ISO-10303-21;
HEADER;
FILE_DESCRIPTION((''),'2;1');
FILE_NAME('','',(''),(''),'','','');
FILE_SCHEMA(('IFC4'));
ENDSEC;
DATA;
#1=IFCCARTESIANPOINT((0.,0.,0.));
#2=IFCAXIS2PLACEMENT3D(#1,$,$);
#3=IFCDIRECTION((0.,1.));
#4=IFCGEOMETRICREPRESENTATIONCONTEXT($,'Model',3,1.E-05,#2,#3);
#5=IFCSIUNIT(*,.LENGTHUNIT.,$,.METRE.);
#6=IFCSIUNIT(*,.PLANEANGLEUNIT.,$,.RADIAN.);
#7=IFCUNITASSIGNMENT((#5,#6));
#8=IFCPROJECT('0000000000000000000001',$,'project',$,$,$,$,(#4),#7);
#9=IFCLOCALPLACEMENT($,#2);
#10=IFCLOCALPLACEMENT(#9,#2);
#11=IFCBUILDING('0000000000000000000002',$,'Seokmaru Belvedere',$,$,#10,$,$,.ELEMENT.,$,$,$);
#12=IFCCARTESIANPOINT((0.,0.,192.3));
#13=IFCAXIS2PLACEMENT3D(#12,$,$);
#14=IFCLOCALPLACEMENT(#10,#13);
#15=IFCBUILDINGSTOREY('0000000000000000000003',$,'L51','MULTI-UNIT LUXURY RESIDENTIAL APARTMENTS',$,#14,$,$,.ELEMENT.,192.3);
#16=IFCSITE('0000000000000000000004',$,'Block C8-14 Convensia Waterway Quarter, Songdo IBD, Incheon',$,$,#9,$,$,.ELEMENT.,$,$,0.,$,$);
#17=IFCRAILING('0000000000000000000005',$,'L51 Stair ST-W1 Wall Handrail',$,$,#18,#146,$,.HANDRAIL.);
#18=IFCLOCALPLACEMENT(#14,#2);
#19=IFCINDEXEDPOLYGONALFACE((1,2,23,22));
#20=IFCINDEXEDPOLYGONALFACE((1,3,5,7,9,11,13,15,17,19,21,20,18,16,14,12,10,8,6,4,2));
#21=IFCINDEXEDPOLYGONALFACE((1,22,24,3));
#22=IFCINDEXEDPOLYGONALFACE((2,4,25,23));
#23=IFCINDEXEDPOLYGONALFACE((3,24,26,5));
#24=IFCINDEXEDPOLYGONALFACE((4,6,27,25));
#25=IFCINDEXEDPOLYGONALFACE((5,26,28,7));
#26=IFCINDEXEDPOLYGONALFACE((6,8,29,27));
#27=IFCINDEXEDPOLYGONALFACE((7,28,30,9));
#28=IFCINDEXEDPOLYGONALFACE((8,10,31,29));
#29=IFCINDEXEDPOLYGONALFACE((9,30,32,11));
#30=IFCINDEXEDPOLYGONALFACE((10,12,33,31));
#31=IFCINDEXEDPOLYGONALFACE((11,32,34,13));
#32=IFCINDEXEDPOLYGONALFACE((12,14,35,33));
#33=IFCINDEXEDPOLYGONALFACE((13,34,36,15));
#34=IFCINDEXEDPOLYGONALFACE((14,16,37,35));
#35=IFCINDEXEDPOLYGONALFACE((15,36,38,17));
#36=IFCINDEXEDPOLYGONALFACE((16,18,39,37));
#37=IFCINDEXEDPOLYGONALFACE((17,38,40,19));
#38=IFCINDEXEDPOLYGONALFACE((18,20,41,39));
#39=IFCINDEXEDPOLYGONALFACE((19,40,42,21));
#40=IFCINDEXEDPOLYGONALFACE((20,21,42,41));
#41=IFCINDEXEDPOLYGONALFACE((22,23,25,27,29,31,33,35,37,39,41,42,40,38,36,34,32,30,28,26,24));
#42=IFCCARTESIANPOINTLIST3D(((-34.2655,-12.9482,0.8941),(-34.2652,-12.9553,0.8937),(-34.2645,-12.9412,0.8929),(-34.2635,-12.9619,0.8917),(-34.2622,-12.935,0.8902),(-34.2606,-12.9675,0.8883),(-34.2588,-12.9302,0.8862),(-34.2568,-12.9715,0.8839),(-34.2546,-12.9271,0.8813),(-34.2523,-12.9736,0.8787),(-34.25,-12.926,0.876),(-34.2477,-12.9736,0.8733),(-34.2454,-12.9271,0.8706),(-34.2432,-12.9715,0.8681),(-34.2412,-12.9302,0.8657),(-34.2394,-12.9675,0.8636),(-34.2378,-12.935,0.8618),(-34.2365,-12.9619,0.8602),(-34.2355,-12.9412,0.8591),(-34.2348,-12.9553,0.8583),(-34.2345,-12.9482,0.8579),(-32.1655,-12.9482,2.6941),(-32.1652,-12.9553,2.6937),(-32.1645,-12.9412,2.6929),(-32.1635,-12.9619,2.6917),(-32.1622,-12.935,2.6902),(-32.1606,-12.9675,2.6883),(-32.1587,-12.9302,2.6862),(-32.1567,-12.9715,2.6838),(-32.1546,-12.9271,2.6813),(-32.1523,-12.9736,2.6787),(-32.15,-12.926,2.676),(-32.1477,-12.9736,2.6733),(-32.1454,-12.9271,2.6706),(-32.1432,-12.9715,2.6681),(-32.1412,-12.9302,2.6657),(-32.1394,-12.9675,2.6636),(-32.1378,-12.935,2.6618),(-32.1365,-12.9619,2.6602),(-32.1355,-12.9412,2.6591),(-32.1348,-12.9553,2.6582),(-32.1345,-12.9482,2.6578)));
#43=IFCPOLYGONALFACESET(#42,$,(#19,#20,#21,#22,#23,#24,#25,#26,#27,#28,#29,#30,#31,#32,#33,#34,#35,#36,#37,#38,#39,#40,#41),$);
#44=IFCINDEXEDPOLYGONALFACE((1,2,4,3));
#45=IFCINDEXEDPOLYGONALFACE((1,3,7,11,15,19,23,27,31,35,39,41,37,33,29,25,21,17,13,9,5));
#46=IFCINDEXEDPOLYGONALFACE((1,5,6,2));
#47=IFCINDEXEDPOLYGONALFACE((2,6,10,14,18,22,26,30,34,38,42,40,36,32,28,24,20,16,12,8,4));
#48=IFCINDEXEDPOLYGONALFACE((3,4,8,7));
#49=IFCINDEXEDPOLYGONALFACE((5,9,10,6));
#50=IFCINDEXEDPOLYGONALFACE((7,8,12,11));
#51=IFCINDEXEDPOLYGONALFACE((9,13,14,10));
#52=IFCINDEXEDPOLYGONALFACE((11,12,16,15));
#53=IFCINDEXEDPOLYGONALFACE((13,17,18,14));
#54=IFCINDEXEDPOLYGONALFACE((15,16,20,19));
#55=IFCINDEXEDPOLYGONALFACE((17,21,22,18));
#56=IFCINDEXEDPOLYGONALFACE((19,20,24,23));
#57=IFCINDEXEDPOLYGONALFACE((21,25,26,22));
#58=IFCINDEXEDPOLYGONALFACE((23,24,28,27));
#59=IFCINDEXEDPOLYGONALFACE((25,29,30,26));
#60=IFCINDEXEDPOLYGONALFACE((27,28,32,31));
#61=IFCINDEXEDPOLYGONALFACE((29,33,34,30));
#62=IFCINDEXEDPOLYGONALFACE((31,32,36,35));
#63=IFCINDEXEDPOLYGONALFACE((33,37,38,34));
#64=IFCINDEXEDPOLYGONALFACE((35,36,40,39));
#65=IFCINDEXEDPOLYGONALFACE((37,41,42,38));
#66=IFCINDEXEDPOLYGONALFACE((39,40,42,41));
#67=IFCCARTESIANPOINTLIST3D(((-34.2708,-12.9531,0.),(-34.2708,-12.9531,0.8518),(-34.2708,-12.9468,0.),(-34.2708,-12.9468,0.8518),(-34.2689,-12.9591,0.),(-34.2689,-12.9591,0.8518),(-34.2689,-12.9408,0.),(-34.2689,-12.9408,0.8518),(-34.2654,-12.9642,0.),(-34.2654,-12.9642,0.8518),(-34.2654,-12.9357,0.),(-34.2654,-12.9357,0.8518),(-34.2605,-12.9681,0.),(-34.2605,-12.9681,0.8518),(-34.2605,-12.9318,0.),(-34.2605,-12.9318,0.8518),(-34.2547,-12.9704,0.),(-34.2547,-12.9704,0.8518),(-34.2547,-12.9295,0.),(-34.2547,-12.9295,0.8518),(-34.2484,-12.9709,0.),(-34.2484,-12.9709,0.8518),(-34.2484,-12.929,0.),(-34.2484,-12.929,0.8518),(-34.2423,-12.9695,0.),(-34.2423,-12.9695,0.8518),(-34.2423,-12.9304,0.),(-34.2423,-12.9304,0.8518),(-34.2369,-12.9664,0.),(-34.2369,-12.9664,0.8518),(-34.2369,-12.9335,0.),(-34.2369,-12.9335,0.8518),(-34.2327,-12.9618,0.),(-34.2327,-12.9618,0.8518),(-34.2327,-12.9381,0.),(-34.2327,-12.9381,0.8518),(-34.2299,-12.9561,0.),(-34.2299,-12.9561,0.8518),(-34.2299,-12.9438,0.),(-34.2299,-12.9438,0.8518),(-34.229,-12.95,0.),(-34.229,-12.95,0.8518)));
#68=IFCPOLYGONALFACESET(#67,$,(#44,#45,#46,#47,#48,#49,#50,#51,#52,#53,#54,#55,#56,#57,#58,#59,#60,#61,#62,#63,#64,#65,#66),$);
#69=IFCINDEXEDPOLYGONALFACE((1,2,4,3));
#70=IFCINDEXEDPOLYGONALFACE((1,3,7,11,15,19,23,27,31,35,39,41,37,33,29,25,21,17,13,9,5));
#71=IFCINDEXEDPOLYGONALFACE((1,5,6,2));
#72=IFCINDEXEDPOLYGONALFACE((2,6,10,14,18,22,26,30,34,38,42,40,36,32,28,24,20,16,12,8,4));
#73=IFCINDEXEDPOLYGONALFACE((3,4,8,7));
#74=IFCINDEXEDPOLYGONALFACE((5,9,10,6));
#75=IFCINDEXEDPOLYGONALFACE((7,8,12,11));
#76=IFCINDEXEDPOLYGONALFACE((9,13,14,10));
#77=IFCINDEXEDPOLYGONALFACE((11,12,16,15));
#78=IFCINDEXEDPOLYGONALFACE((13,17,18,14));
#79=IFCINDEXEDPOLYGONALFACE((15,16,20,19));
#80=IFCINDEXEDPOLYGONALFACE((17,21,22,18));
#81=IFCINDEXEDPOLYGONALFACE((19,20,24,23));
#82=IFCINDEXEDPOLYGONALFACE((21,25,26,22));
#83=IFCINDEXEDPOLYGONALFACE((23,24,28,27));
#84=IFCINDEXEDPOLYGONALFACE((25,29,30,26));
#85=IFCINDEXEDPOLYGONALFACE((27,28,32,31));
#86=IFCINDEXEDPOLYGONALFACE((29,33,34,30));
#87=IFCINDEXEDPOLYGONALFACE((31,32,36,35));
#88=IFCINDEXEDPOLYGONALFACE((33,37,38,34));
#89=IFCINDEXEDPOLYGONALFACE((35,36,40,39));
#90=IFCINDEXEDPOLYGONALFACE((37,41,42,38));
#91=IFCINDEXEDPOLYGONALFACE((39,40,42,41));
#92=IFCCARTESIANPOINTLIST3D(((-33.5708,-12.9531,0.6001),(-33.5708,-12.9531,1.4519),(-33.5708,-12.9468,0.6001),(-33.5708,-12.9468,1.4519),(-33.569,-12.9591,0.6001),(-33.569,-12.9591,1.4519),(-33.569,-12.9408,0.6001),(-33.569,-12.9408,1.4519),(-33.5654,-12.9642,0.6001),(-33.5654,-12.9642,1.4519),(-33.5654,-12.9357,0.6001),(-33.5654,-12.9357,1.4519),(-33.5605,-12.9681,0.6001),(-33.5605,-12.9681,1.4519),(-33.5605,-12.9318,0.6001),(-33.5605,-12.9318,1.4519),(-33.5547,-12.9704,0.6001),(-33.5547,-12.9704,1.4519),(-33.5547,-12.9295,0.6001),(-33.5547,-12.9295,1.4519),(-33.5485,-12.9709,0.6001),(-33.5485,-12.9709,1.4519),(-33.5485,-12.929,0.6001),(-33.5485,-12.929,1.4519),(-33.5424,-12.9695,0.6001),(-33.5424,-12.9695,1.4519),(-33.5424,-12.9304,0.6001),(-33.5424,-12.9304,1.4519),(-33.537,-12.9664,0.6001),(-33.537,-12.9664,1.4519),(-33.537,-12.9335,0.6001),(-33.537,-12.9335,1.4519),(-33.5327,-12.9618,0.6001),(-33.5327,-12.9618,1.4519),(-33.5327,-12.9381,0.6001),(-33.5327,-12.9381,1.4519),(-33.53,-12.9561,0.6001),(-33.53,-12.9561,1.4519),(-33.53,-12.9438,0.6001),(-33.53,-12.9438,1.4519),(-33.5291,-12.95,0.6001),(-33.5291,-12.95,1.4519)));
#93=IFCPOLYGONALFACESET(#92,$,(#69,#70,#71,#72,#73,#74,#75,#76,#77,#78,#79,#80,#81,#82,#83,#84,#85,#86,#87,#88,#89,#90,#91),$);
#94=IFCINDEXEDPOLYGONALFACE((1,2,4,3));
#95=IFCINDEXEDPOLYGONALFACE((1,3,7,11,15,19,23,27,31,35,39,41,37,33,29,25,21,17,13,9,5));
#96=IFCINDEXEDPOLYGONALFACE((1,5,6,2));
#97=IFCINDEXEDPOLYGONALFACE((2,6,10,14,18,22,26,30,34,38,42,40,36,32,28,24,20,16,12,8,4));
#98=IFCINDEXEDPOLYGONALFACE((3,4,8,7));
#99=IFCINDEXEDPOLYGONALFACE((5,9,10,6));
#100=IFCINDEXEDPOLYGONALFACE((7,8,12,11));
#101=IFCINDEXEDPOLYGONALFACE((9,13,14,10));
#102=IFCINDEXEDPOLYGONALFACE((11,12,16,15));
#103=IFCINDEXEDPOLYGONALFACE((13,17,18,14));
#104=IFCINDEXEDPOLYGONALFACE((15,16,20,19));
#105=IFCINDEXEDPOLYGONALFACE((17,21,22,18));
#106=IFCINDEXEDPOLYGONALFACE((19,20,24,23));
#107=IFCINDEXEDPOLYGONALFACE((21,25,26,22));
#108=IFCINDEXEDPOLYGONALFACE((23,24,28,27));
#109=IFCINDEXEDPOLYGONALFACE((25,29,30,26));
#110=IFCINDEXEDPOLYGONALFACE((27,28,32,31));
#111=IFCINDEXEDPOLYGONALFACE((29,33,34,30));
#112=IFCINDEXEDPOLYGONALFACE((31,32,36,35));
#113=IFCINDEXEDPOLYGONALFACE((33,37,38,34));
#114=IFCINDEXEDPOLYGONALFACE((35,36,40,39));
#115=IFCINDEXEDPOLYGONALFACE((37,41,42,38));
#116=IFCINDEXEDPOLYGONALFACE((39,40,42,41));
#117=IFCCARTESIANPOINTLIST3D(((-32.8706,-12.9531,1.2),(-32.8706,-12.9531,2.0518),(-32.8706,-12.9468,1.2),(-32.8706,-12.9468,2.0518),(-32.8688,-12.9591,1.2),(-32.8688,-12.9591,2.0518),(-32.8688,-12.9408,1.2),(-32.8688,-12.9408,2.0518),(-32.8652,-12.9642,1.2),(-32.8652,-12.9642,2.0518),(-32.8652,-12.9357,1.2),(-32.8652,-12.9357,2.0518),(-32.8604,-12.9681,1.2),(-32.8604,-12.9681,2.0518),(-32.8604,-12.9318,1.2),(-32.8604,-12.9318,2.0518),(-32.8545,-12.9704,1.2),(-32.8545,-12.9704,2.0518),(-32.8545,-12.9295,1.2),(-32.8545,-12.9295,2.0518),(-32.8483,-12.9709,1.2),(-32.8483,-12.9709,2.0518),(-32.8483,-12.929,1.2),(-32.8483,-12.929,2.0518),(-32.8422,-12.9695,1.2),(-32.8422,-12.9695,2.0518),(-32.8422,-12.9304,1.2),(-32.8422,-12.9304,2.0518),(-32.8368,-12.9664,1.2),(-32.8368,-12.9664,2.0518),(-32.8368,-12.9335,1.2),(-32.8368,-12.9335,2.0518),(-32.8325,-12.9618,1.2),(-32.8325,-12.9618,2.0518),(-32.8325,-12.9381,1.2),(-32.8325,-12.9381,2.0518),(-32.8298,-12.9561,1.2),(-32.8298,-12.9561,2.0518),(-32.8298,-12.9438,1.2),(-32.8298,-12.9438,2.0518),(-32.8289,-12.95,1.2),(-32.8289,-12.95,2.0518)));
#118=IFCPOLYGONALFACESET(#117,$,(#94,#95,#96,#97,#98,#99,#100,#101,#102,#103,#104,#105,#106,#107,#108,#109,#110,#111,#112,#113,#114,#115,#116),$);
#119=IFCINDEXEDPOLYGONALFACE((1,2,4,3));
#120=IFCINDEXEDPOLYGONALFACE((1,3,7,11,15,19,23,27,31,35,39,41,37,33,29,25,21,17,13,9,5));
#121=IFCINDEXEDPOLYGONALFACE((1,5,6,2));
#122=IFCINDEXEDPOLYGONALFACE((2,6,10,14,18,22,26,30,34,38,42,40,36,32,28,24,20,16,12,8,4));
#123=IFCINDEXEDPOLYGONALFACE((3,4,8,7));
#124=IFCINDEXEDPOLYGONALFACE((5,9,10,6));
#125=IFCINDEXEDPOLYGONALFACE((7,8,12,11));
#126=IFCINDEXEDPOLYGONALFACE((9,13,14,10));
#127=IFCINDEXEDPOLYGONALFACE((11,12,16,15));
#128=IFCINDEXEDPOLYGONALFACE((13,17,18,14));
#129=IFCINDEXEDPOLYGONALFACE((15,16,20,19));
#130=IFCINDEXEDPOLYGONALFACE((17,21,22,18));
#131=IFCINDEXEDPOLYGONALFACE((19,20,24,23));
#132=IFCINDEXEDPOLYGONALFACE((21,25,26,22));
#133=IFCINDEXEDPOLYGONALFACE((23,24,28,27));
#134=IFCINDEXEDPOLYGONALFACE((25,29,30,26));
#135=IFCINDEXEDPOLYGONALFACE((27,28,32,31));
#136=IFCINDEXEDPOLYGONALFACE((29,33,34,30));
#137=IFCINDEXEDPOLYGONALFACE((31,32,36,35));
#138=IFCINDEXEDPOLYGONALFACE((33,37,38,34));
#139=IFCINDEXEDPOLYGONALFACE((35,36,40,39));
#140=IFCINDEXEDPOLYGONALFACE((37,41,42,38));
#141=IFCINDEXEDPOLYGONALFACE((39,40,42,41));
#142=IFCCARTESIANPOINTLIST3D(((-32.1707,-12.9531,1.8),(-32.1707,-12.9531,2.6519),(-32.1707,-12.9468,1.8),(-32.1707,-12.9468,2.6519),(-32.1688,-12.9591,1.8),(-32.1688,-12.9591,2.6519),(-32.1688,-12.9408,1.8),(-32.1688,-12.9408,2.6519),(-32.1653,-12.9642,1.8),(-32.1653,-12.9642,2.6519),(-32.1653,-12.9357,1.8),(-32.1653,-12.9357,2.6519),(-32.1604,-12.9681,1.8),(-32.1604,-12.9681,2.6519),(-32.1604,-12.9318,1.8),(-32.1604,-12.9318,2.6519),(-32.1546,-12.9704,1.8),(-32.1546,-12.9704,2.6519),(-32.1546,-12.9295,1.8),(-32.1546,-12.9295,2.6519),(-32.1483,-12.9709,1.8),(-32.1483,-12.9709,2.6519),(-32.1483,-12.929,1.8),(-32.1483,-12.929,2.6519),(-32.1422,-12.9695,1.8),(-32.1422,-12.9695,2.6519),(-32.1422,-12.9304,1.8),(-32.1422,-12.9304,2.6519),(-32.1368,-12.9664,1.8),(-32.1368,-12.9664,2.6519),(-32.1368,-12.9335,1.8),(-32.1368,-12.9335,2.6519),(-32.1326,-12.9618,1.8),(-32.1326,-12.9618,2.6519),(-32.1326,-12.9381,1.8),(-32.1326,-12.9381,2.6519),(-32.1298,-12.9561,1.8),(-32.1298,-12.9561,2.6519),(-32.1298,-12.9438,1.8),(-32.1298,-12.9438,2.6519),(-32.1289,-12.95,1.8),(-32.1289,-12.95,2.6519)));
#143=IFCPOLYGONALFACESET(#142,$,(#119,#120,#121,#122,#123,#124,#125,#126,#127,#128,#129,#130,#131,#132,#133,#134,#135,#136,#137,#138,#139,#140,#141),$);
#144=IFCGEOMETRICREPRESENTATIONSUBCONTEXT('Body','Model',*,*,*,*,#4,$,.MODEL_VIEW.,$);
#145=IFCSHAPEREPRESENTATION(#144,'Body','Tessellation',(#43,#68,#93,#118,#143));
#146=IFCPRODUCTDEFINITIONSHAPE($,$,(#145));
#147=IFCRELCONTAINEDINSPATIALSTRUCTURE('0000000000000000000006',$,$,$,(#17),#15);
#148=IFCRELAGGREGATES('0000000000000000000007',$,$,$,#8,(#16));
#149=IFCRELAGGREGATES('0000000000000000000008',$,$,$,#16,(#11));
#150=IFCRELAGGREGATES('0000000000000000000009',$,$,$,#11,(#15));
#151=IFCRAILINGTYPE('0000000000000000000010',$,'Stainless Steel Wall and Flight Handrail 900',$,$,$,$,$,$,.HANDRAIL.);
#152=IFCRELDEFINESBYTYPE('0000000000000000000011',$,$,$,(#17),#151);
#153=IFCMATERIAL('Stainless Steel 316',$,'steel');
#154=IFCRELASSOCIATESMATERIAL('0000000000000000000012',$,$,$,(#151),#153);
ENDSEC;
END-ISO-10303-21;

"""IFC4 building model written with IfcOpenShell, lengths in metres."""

from ifc_helpers import new_model, si_unit, direction, frame, origin, origin_2d, place, context, subcontext, project, spatial, circle, extrude, material, type_object, element, save


model = new_model("IFC4")

# Units and contexts
model_context = context("Model", 3, precision=1e-05, world=origin(), true_north=direction((0.0, 1.0)))
body_context = subcontext(model_context, "Body", "Model", "MODEL_VIEW")
ifc_project = project(units=[si_unit("LENGTHUNIT", "METRE"), si_unit("PLANEANGLEUNIT", "RADIAN")], contexts=[model_context])

# Site, building, storey
site_placement = place(None, origin())
site = spatial("IfcSite", under=ifc_project, at=site_placement, Name="Block C8-14 Convensia Waterway Quarter, Songdo IBD, Incheon", CompositionType="ELEMENT", RefElevation=0.0)
building_placement = place(site_placement, origin())
building = spatial("IfcBuilding", under=site, at=building_placement, Name="Seokmaru Belvedere", CompositionType="ELEMENT")
storey_placement = place(building_placement, frame((0.0, 0.0, 192.3)))
storey = spatial("IfcBuildingStorey", under=building, at=storey_placement, Name="L51", Description="MULTI-UNIT LUXURY RESIDENTIAL APARTMENTS", CompositionType="ELEMENT", Elevation=192.3)

# Railing
ifc_material_1 = material(Name="Stainless Steel 316", Category="steel")
railing_type_1 = type_object("IfcRailingType", Name="Stainless Steel Wall and Flight Handrail 900", PredefinedType="HANDRAIL", material=ifc_material_1)
railing_1_placement = place(storey_placement, frame((-34.25, -12.95, 0.0)))
element("IfcRailing", 1, at=railing_1_placement, inside=storey, type_object=railing_type_1, Name="L51 Stair ST-W1 Wall Handrail", PredefinedType="HANDRAIL", context=body_context, shape_type="SweptSolid", body=[
    extrude(circle(Radius=0.0239, at=origin_2d()), frame((0.0, 0.0, 0.876), z_axis=(0.759263, 0.0, 0.650784), x_axis=(0.0, 1.0, 0.0)), (0.0, 0.0, 1.0), 2.7659),
    extrude(circle(Radius=0.021, at=origin_2d()), origin(), (0.0, 0.0, 1.0), 0.8518),
    extrude(circle(Radius=0.021, at=origin_2d()), frame((0.7, 0.0, 0.6001)), (0.0, 0.0, 1.0), 0.8518),
    extrude(circle(Radius=0.021, at=origin_2d()), frame((1.4001, 0.0, 1.2)), (0.0, 0.0, 1.0), 0.8518),
    extrude(circle(Radius=0.021, at=origin_2d()), frame((2.1001, 0.0, 1.8)), (0.0, 0.0, 1.0), 0.8518),
])

save(model, "model.ifc")
